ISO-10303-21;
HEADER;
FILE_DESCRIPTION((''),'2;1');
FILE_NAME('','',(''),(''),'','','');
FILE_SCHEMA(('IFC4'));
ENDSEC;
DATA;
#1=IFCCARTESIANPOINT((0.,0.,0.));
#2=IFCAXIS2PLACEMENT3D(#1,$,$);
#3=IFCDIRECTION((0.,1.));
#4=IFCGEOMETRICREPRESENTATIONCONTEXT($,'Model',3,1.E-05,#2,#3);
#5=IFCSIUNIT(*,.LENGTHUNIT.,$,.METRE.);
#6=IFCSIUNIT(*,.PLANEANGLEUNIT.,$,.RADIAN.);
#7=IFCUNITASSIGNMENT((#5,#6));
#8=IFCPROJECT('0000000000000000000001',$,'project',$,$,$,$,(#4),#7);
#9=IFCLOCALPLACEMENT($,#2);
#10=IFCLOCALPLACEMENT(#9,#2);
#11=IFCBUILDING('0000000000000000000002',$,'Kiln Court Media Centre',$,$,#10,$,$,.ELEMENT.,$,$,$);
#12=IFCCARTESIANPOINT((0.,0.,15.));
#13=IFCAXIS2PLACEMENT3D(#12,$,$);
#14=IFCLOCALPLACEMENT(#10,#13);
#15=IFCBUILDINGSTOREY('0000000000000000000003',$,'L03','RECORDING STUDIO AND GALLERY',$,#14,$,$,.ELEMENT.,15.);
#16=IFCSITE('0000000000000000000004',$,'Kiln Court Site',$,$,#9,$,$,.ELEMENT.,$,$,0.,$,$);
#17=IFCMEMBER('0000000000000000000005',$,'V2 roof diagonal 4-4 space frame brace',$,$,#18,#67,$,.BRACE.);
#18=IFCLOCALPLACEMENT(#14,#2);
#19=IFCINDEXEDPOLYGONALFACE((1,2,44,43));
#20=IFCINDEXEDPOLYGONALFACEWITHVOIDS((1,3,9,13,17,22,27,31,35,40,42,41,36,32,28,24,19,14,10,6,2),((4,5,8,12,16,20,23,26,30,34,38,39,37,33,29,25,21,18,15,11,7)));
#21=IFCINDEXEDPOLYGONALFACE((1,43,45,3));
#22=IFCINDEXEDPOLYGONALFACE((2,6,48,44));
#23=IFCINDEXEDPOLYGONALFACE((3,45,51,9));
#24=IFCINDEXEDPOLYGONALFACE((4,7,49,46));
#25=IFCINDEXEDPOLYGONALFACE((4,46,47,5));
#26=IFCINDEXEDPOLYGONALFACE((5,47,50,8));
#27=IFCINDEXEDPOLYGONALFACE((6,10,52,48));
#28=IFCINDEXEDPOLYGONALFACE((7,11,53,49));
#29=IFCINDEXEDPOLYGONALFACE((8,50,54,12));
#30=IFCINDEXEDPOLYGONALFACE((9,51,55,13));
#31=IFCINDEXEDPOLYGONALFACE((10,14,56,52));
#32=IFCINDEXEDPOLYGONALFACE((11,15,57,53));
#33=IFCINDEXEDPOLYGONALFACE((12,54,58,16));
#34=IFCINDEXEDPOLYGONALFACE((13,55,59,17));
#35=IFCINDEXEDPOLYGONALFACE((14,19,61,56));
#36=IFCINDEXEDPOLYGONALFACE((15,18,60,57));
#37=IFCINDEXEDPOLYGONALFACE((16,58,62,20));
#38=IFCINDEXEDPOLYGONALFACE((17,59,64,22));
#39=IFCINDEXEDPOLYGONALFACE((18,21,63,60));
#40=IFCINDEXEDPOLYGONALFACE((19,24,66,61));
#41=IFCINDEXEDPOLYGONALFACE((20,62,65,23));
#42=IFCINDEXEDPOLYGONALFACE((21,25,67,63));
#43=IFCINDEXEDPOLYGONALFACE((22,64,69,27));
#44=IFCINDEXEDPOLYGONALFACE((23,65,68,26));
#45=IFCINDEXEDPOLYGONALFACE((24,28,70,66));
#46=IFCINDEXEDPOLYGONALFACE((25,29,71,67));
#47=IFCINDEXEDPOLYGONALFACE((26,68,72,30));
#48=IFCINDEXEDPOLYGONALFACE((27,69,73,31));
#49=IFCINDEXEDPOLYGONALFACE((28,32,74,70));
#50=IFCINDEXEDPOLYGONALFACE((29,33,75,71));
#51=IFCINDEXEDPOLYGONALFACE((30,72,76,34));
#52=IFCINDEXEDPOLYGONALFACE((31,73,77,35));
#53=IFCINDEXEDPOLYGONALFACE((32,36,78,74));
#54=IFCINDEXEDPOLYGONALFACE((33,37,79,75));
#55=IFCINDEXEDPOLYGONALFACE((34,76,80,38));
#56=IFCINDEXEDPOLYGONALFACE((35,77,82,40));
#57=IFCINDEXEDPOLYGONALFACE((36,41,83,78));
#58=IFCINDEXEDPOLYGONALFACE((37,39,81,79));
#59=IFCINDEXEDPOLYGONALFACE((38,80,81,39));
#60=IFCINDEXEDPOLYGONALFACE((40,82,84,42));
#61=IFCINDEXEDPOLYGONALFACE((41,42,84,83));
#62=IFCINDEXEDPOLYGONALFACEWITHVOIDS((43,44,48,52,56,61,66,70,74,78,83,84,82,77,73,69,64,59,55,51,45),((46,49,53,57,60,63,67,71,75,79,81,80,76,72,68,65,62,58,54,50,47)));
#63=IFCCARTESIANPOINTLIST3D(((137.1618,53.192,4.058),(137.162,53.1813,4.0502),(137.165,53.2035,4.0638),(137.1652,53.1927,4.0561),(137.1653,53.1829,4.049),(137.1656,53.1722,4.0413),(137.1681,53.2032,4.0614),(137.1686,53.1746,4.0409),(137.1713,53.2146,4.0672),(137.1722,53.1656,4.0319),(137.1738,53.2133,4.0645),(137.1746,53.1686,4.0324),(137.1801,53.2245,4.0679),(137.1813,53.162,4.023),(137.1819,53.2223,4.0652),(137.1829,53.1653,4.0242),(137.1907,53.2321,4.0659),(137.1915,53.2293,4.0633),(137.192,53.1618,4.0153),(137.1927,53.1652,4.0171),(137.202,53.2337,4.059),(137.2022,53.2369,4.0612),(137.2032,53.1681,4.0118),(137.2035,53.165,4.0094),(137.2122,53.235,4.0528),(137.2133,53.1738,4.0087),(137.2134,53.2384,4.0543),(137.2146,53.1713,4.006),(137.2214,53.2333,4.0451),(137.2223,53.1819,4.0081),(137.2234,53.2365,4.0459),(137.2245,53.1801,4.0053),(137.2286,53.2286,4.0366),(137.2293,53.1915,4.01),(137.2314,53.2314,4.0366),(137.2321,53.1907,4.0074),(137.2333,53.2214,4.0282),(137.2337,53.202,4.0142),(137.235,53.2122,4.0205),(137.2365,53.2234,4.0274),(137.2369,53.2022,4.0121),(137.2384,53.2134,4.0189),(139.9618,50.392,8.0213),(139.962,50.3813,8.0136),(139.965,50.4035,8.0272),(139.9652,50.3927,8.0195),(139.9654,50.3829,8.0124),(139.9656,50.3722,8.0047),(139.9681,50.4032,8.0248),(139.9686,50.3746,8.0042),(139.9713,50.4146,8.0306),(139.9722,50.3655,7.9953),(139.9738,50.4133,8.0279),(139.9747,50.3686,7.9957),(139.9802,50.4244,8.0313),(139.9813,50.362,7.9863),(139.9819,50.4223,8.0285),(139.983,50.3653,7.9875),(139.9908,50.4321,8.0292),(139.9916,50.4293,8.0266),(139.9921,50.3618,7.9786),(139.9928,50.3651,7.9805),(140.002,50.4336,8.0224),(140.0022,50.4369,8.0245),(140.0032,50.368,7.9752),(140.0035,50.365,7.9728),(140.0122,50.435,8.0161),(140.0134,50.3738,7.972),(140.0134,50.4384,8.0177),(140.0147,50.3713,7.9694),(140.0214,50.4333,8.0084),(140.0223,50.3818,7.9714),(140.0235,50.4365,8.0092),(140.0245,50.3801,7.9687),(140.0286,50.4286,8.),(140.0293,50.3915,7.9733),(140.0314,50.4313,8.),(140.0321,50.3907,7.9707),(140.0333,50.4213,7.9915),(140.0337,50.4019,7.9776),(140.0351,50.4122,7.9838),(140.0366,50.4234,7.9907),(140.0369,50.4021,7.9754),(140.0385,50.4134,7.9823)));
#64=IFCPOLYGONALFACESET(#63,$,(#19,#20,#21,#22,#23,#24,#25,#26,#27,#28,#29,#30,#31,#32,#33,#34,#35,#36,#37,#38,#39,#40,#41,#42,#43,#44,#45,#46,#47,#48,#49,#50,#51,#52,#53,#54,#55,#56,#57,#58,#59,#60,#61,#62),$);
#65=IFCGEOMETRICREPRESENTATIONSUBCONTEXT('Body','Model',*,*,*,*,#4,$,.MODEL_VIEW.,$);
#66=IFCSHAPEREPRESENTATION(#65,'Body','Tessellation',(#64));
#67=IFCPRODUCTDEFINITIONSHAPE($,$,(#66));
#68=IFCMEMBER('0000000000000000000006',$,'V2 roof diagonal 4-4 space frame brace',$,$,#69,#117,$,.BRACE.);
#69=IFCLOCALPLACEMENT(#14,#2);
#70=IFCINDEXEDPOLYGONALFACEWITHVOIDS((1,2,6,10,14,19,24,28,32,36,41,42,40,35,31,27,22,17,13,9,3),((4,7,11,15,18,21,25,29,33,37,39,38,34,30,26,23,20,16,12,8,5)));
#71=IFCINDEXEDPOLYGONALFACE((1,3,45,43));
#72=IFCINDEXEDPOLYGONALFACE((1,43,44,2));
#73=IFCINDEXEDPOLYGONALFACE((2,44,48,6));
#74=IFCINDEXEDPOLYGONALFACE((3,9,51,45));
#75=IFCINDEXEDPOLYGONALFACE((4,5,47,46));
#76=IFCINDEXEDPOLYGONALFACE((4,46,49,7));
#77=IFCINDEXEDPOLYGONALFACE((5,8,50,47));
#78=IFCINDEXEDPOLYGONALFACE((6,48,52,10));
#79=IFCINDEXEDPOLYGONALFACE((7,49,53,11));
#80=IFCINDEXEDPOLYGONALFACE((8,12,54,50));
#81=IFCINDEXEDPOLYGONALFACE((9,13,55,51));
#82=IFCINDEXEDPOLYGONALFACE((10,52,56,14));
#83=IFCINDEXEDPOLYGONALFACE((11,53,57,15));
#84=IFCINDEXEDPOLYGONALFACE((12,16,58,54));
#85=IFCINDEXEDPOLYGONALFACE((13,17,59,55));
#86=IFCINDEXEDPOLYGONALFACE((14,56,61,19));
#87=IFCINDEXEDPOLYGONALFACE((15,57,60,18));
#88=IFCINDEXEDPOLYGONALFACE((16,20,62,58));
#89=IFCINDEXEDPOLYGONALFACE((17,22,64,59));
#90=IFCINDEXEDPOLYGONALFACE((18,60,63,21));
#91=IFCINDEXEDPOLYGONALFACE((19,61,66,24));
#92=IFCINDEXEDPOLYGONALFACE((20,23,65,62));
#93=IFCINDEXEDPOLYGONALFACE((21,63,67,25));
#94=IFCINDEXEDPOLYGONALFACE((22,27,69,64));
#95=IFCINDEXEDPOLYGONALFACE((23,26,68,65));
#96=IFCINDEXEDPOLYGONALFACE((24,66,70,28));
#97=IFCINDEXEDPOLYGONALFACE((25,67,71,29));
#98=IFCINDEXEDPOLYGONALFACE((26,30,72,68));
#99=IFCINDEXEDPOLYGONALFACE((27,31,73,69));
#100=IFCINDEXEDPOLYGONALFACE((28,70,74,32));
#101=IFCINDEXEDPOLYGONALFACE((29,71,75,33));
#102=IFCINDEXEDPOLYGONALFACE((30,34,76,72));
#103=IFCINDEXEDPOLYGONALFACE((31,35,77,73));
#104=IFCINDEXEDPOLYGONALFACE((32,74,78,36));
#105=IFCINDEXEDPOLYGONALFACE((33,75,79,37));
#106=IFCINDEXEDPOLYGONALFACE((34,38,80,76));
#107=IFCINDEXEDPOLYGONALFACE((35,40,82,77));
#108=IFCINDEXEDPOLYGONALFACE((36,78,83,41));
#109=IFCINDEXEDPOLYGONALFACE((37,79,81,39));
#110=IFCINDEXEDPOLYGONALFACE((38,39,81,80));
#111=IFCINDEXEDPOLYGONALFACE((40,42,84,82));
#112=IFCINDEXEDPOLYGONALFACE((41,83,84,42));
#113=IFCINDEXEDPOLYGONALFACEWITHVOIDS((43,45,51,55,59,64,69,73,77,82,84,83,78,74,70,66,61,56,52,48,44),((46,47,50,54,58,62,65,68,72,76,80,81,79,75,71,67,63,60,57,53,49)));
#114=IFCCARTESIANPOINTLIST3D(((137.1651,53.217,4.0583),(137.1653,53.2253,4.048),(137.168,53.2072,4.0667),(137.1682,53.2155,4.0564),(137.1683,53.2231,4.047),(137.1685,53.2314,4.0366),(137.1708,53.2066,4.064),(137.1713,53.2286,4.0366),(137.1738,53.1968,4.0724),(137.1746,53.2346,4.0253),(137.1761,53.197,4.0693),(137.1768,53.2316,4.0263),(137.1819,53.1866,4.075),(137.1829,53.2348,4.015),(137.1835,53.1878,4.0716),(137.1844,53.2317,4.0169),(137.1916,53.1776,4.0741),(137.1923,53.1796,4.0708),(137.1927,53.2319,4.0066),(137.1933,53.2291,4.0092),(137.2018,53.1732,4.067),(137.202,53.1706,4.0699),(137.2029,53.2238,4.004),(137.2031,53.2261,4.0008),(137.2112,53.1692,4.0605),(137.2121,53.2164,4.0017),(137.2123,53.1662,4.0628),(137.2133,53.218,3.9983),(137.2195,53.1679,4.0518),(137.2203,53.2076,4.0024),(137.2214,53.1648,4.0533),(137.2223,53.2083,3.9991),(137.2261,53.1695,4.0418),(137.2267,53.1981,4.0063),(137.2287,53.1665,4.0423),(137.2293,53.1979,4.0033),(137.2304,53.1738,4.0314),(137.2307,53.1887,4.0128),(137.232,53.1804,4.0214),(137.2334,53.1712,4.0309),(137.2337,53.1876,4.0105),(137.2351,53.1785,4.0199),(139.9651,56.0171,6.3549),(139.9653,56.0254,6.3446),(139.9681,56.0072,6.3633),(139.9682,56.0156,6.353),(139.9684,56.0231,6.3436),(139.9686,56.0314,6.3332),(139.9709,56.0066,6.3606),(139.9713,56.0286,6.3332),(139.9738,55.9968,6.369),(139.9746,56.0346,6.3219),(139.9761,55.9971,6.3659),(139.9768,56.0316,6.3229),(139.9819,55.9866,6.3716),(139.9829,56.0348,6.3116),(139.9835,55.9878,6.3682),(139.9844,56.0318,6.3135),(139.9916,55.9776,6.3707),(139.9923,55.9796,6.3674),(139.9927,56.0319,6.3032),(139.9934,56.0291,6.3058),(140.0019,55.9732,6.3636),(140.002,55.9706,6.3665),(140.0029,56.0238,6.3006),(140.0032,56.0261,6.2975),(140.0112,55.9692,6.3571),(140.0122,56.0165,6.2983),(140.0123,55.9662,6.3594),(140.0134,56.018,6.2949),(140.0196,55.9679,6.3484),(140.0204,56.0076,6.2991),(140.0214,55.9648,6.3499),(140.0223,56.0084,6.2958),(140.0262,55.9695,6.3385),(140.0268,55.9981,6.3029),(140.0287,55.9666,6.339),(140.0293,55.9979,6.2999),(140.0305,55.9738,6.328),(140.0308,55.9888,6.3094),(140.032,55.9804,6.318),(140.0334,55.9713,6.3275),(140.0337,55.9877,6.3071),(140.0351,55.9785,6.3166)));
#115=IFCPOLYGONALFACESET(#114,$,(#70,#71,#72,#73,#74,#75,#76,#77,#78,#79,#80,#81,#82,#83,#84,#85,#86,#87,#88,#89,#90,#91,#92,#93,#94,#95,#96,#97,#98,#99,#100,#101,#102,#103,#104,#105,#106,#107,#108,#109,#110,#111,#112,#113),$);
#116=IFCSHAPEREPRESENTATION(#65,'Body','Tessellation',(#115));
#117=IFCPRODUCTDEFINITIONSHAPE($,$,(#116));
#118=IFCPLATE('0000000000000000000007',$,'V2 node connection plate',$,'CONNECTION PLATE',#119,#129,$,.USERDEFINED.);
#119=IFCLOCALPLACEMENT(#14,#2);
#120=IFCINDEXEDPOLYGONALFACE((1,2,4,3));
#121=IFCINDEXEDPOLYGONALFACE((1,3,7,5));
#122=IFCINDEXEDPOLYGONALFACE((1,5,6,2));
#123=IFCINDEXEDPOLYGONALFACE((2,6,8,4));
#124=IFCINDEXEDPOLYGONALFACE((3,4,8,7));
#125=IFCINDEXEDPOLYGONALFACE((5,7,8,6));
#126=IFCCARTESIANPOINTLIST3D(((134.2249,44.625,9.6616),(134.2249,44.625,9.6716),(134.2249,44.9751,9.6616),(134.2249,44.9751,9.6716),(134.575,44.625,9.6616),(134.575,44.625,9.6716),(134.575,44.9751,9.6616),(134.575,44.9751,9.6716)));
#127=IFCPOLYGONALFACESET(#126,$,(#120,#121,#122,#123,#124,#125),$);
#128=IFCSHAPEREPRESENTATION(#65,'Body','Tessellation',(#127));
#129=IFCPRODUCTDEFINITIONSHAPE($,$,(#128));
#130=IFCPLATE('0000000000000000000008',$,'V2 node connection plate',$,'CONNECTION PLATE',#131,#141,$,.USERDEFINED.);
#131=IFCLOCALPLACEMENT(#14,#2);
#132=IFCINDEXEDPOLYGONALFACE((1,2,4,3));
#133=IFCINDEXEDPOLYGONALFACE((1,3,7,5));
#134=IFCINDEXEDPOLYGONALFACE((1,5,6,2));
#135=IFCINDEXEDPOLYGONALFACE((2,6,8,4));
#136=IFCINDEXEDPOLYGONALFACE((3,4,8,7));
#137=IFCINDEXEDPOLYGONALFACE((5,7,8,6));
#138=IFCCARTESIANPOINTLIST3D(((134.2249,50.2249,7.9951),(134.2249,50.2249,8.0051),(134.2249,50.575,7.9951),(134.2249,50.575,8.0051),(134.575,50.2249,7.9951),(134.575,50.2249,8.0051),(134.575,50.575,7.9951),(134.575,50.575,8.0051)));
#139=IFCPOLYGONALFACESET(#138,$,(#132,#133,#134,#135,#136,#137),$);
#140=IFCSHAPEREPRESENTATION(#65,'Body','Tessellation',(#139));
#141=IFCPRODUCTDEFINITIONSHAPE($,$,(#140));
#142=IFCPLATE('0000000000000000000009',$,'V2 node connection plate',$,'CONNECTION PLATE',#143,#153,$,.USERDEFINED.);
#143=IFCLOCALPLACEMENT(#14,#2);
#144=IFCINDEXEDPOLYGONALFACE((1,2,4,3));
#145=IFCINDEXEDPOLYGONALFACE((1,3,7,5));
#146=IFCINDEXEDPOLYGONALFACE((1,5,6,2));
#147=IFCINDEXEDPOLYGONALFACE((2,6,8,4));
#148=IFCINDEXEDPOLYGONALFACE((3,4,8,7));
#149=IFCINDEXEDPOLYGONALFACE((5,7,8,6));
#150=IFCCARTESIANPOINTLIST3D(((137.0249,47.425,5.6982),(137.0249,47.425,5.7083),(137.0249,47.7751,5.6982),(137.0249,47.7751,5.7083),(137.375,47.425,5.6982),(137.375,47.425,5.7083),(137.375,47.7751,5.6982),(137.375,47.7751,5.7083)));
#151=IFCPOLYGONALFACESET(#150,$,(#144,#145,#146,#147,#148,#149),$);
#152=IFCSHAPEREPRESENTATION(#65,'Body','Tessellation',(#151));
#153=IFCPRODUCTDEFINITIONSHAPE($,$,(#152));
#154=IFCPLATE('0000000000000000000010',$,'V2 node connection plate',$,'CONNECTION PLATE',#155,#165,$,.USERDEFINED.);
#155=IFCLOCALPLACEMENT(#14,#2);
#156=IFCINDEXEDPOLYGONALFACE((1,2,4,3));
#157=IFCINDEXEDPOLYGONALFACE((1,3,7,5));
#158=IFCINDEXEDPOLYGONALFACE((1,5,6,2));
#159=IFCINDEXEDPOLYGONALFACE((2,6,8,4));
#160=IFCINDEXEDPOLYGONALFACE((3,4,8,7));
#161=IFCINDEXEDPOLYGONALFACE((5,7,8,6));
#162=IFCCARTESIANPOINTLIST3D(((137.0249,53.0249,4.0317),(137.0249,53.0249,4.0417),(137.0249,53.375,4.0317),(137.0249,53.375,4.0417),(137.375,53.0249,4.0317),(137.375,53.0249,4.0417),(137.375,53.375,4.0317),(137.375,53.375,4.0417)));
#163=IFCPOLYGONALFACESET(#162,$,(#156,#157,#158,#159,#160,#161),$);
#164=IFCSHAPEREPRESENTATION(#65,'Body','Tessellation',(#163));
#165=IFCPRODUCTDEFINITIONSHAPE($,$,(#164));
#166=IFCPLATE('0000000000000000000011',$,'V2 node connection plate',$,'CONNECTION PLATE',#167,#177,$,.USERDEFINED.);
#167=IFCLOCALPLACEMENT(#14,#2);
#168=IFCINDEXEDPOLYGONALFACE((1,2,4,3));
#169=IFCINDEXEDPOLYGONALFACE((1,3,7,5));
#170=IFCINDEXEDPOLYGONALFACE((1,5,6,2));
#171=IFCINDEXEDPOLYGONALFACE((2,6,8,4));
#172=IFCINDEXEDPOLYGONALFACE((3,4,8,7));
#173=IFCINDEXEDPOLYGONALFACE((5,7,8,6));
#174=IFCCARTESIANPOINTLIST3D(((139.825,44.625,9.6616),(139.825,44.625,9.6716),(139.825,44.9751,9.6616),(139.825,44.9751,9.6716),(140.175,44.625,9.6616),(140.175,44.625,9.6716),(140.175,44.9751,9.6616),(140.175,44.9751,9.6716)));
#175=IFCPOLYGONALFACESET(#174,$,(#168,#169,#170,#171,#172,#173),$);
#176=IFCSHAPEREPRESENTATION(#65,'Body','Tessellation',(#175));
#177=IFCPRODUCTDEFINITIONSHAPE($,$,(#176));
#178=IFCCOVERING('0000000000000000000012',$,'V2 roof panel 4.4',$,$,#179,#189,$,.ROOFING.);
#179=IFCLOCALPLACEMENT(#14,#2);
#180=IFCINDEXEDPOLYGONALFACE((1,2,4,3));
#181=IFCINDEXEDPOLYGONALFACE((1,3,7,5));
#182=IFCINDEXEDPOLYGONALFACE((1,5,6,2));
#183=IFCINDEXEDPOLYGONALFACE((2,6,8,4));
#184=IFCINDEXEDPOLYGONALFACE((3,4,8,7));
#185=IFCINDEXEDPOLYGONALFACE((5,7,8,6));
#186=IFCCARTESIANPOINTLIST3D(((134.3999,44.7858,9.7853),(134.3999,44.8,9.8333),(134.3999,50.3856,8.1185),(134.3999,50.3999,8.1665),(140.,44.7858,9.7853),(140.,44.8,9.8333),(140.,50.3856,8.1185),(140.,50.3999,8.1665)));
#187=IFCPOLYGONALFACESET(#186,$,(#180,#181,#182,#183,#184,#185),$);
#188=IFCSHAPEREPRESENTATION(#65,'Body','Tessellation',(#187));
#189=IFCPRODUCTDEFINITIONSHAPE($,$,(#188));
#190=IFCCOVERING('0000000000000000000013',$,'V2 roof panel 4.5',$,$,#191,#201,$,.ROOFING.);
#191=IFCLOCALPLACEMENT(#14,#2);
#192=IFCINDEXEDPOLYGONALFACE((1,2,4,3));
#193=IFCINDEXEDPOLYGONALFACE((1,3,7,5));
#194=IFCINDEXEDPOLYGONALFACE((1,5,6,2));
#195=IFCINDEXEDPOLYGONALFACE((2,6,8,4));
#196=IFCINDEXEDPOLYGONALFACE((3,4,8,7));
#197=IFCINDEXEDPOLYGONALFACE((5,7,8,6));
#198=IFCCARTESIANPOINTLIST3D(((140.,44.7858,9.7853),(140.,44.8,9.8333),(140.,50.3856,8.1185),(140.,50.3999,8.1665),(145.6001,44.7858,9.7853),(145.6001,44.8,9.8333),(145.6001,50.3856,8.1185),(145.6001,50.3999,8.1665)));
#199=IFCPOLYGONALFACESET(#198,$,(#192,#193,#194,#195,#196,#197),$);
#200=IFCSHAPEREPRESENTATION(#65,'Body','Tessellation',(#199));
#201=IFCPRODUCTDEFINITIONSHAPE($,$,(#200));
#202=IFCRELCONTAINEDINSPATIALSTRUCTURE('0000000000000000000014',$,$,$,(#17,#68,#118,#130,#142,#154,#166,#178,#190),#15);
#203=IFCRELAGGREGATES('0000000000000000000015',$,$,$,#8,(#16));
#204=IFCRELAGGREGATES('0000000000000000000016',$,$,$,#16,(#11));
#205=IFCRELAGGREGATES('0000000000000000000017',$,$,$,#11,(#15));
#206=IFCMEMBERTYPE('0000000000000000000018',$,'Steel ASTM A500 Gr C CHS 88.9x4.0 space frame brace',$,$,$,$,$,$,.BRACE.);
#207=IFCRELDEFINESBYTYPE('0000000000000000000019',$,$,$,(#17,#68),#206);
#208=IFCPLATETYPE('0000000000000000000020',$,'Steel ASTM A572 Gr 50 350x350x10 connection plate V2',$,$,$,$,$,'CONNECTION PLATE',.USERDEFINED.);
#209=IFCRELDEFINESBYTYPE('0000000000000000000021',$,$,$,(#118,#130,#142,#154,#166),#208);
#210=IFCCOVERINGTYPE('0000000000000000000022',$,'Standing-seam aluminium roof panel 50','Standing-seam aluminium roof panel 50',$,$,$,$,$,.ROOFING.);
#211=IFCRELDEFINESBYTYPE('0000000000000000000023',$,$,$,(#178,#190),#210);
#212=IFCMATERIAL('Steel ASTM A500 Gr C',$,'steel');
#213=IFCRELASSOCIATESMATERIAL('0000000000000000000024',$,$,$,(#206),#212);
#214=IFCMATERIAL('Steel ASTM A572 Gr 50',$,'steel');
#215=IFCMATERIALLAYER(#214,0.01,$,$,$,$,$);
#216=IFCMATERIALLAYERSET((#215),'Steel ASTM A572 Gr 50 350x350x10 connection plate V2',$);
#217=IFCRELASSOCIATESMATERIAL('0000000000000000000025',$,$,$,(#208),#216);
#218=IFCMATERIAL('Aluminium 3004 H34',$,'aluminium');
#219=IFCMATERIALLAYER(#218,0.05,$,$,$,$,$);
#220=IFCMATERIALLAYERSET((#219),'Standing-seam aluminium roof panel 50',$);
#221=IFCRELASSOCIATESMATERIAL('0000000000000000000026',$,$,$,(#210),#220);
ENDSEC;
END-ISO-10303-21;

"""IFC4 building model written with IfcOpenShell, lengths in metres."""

from ifc_helpers import new_model, si_unit, direction, frame, origin, origin_2d, place, context, subcontext, project, spatial, polyline, rectangle, hollow_circle, outline, extrude, material, layer, layer_set, material_profile, profile_set, type_object, element, save


model = new_model("IFC4")

# Units and contexts
model_context = context("Model", 3, precision=1e-05, world=origin(), true_north=direction((0.0, 1.0)))
body_context = subcontext(model_context, "Body", "Model", "MODEL_VIEW")
ifc_project = project(units=[si_unit("LENGTHUNIT", "METRE"), si_unit("PLANEANGLEUNIT", "RADIAN")], contexts=[model_context])

# Site, building, storey
site_placement = place(None, origin())
site = spatial("IfcSite", under=ifc_project, at=site_placement, Name="Kiln Court Site", CompositionType="ELEMENT", RefElevation=0.0)
building_placement = place(site_placement, origin())
building = spatial("IfcBuilding", under=site, at=building_placement, Name="Kiln Court Media Centre", CompositionType="ELEMENT")
storey_placement = place(building_placement, frame((0.0, 0.0, 15.0)))
storey = spatial("IfcBuildingStorey", under=building, at=storey_placement, Name="L03", Description="RECORDING STUDIO AND GALLERY", CompositionType="ELEMENT", Elevation=15.0)

# Members
ifc_material_1 = material(Name="Steel ASTM A500 Gr C", Category="steel")
ifc_material_profile_1 = material_profile(ifc_material_1, hollow_circle(Radius=0.0444, WallThickness=0.0039, at=origin_2d()), Name="CHS 88.9x4.0")
ifc_profile_set_1 = profile_set([ifc_material_profile_1], Name="Steel ASTM A500 Gr C")
member_type_1 = type_object("IfcMemberType", Name="Steel ASTM A500 Gr C CHS 88.9x4.0 space frame brace", PredefinedType="BRACE", material=ifc_profile_set_1)
member_1_placement = place(storey_placement, frame((137.2, 53.2, 4.0366), z_axis=(0.499778, -0.499778, 0.70742), x_axis=(0.707107, 0.707107, 0.0)))
element("IfcMember", 1, at=member_1_placement, inside=storey, type_object=member_type_1, Name="V2 roof diagonal 4-4 space frame brace", PredefinedType="BRACE", context=body_context, shape_type="SweptSolid", body=[
    extrude(hollow_circle(Radius=0.0444, WallThickness=0.0039, at=origin_2d()), origin(), (0.0, 0.0, 1.0), 5.6025),
])
member_2_placement = place(storey_placement, frame((137.2, 53.2, 4.0366), z_axis=(0.611676, 0.611676, 0.501703), x_axis=(-0.707107, 0.707107, 0.0)))
element("IfcMember", 2, at=member_2_placement, inside=storey, type_object=member_type_1, Name="V2 roof diagonal 4-4 space frame brace", PredefinedType="BRACE", context=body_context, shape_type="SweptSolid", body=[
    extrude(hollow_circle(Radius=0.0444, WallThickness=0.0039, at=origin_2d()), origin(), (0.0, 0.0, 1.0), 4.5776),
])

# Plates
ifc_material_2 = material(Name="Steel ASTM A572 Gr 50", Category="steel")
ifc_layer_1 = layer(ifc_material_2, 0.01)
ifc_layer_set_1 = layer_set([ifc_layer_1], Name="Steel ASTM A572 Gr 50 350x350x10 connection plate V2")
plate_type = type_object("IfcPlateType", Name="Steel ASTM A572 Gr 50 350x350x10 connection plate V2", ElementType="CONNECTION PLATE", PredefinedType="USERDEFINED", material=ifc_layer_set_1)
for number, where, z_axis, x_axis, name in (
    (3, (134.3999, 44.8, 9.6616), (0.0, 0.0, 1.0), (1.0, 0.0, 0.0), "V2 node connection plate"),
    (4, (134.3999, 50.3999, 7.9951), (0.0, 0.0, 1.0), (1.0, 0.0, 0.0), "V2 node connection plate"),
    (5, (137.2, 47.6001, 5.6982), (0.0, 0.0, 1.0), (1.0, 0.0, 0.0), "V2 node connection plate"),
    (6, (137.2, 53.2, 4.0317), (0.0, 0.0, 1.0), (1.0, 0.0, 0.0), "V2 node connection plate"),
    (7, (140.0, 44.8, 9.6616), (0.0, 0.0, 1.0), (1.0, 0.0, 0.0), "V2 node connection plate"),
):
    element("IfcPlate", number, at=place(storey_placement, frame(where, z_axis=z_axis, x_axis=x_axis)), inside=storey, type_object=plate_type, Name=name, ObjectType="CONNECTION PLATE", PredefinedType="USERDEFINED", context=body_context, shape_type="SweptSolid", body=[
        extrude(rectangle(XDim=0.3501, YDim=0.3501, at=origin_2d()), origin(), (0.0, 0.0, 1.0), 0.01),
    ])

# Coverings
ifc_material_3 = material(Name="Aluminium 3004 H34", Category="aluminium")
ifc_layer_2 = layer(ifc_material_3, 0.05)
ifc_layer_set_2 = layer_set([ifc_layer_2], Name="Standing-seam aluminium roof panel 50")
covering_type = type_object("IfcCoveringType", Name="Standing-seam aluminium roof panel 50", Description="Standing-seam aluminium roof panel 50", PredefinedType="ROOFING", material=ifc_layer_set_2)
for number, where, z_axis, x_axis, name in (
    (8, (134.3999, 44.8, 9.8333), (0.0, 0.285273, 0.958446), (0.0, 0.958446, -0.285273), "V2 roof panel 4.4"),
    (9, (140.0, 44.8, 9.8333), (0.0, 0.285273, 0.958446), (0.0, 0.958446, -0.285273), "V2 roof panel 4.5"),
):
    element("IfcCovering", number, at=place(storey_placement, frame(where, z_axis=z_axis, x_axis=x_axis)), inside=storey, type_object=covering_type, Name=name, PredefinedType="ROOFING", context=body_context, shape_type="SweptSolid", body=[
        extrude(outline(polyline([(0.0, 0.0), (5.8426, 0.0), (5.8426, -5.6001), (0.0, -5.6001), (0.0, 0.0)])), origin(), (0.0, 0.0, -1.0), 0.05),
    ])

save(model, "model.ifc")
